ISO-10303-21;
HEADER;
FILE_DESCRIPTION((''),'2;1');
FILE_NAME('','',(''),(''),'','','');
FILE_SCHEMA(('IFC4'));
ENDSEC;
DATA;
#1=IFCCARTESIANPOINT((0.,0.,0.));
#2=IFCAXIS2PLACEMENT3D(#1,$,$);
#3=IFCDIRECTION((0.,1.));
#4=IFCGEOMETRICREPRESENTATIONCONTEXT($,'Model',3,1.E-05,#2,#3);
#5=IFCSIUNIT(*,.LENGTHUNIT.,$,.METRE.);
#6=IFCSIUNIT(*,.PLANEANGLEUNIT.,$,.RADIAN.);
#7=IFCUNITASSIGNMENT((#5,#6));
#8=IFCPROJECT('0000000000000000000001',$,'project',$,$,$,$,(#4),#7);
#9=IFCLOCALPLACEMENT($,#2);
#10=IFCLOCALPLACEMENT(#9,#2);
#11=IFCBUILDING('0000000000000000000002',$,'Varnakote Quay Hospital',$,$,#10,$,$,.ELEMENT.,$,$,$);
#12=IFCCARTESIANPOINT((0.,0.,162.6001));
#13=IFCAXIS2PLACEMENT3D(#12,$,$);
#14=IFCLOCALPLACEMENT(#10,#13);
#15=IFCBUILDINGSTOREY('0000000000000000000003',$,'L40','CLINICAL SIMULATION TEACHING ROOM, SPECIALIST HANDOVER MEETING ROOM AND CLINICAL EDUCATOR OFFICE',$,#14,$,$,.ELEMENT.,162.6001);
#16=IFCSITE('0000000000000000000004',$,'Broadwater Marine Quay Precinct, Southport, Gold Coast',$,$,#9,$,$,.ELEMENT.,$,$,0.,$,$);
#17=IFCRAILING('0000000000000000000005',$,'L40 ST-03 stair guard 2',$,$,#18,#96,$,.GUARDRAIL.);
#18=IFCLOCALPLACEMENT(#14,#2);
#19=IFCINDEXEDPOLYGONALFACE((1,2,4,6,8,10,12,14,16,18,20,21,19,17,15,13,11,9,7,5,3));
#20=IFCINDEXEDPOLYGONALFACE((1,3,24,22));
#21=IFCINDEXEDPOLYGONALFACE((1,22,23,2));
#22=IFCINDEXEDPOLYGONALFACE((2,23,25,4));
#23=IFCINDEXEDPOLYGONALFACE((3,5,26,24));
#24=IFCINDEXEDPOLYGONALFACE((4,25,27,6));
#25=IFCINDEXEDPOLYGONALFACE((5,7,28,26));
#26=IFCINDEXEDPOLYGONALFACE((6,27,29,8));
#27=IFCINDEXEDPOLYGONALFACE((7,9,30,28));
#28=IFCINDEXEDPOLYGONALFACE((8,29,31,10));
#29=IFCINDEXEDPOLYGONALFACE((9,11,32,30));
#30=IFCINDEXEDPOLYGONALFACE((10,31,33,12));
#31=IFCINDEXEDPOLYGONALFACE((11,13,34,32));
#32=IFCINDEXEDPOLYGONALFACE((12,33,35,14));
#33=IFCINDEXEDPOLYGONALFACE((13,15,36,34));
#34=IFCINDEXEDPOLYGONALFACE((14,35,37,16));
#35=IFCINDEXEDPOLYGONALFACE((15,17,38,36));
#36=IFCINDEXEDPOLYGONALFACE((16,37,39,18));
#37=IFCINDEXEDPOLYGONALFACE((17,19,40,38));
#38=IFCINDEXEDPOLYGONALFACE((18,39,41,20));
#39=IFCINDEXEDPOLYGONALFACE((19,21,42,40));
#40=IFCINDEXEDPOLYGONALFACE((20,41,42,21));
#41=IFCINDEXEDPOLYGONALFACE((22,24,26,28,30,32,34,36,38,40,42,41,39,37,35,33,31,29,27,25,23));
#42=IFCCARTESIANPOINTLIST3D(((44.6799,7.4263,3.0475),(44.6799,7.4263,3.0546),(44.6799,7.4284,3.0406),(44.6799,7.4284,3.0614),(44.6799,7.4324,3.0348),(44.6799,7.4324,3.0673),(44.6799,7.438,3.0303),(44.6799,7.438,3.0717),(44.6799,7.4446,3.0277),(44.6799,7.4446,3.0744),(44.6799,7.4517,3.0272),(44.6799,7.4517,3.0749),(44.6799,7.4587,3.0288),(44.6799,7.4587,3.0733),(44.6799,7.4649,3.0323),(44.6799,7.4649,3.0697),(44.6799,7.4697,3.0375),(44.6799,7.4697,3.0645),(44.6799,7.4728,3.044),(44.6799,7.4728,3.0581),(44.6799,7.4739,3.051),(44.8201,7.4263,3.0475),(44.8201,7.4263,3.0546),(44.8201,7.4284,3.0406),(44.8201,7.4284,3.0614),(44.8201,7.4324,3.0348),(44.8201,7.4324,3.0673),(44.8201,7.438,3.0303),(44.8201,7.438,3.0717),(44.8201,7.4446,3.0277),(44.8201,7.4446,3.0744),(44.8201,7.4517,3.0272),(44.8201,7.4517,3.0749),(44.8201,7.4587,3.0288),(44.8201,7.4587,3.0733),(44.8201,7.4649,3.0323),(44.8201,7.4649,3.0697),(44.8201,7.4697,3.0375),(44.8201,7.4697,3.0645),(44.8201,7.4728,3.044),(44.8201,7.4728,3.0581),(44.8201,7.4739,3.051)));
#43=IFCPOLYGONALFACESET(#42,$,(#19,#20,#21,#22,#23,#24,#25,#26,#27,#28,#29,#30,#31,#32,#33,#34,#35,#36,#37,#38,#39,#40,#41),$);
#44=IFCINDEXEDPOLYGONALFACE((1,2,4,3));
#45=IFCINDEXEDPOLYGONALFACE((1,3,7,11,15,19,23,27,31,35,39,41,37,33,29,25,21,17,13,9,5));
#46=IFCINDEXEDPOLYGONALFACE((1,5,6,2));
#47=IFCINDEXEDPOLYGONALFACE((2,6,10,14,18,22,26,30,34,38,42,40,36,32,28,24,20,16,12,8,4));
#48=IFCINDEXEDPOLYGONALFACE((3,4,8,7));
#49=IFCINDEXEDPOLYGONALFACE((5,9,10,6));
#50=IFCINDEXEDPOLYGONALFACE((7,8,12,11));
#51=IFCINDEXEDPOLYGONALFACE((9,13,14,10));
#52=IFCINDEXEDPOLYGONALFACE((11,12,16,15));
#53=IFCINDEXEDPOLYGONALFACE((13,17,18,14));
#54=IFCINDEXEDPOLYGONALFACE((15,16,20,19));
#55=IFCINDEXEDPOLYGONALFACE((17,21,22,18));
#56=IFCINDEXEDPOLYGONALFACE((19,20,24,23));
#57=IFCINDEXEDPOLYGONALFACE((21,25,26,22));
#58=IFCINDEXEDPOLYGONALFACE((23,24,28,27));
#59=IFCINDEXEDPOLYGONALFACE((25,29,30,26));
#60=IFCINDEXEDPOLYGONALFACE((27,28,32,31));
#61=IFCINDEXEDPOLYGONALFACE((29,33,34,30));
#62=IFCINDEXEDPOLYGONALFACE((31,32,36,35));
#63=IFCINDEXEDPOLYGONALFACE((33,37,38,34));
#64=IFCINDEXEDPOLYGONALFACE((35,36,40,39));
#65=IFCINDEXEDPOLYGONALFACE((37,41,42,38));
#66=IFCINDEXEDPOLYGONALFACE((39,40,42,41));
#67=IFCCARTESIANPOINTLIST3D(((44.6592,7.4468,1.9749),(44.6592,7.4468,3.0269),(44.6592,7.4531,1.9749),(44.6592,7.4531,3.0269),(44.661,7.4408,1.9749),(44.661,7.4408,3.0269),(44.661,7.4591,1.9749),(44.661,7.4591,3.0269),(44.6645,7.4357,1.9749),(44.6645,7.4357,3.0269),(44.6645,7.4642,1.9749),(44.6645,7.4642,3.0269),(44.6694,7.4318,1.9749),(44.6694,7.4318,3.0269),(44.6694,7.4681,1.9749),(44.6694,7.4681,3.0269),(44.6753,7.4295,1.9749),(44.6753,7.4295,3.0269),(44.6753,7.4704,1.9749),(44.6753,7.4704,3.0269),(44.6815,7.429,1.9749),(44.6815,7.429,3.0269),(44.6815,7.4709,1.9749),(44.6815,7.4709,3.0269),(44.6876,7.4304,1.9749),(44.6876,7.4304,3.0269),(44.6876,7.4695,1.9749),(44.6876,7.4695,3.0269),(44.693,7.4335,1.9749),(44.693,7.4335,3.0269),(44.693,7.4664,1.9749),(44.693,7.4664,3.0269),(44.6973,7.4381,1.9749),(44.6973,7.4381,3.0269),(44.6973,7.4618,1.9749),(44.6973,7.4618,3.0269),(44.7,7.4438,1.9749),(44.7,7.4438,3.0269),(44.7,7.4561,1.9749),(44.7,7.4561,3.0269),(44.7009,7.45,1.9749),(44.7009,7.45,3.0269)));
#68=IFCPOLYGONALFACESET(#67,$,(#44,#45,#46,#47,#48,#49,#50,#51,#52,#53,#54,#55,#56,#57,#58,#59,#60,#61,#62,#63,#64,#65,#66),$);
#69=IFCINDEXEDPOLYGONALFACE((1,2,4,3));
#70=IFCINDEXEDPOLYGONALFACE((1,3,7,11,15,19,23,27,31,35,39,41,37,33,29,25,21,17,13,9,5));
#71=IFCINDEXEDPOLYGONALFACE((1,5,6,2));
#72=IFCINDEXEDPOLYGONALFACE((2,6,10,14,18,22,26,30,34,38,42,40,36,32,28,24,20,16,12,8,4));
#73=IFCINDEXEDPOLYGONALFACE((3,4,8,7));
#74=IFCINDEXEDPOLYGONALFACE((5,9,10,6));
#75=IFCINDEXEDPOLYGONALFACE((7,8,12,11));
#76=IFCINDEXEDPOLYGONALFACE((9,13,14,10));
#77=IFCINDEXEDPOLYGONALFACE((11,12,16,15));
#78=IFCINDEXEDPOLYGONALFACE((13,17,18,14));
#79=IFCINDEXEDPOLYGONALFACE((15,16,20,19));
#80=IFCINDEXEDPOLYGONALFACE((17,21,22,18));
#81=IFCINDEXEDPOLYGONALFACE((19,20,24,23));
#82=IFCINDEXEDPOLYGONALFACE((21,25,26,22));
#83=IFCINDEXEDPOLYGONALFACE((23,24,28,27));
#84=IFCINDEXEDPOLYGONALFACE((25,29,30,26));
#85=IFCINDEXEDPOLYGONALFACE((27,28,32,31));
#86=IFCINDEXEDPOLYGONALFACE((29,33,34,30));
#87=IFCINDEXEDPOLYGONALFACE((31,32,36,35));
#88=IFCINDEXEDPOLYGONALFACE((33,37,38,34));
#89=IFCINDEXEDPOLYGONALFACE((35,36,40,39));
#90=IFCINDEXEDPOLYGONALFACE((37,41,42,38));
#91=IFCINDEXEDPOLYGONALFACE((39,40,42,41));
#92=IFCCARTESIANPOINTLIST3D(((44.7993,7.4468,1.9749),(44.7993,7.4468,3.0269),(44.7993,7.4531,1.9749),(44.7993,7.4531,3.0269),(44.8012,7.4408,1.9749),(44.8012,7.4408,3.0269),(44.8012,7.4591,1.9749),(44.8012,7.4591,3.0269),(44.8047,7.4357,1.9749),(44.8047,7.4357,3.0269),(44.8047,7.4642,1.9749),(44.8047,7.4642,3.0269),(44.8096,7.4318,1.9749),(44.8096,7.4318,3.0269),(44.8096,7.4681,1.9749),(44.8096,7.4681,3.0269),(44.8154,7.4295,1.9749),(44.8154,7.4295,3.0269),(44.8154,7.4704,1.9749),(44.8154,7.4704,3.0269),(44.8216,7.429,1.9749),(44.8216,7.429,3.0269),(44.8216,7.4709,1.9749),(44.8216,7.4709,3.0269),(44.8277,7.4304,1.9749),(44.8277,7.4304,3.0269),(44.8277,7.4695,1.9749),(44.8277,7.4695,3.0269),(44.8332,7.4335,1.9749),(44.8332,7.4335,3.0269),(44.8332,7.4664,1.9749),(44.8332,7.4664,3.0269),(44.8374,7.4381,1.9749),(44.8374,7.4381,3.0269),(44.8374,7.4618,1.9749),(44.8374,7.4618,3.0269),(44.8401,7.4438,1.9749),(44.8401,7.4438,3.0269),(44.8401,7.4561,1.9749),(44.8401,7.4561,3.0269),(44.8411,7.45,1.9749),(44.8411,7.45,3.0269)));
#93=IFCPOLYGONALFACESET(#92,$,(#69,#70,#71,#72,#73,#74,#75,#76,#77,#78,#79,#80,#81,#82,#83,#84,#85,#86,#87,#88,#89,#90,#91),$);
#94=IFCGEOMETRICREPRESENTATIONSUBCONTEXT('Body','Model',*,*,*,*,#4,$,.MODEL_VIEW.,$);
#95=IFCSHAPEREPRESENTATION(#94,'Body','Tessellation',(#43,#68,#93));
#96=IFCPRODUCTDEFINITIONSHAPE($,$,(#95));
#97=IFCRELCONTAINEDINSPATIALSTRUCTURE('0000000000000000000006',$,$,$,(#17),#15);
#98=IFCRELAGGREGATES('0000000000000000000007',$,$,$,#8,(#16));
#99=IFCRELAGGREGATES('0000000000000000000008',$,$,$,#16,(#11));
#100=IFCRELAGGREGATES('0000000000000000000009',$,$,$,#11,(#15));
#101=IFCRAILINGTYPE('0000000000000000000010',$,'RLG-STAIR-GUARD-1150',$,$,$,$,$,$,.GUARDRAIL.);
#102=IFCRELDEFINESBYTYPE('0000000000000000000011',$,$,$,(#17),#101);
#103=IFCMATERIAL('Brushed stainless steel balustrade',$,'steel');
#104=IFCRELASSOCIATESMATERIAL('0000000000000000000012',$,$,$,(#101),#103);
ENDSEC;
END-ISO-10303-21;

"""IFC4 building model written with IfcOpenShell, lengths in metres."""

from ifc_helpers import new_model, si_unit, direction, frame, origin, origin_2d, place, context, subcontext, project, spatial, circle, extrude, material, type_object, element, save


model = new_model("IFC4")

# Units and contexts
model_context = context("Model", 3, precision=1e-05, world=origin(), true_north=direction((0.0, 1.0)))
body_context = subcontext(model_context, "Body", "Model", "MODEL_VIEW")
ifc_project = project(units=[si_unit("LENGTHUNIT", "METRE"), si_unit("PLANEANGLEUNIT", "RADIAN")], contexts=[model_context])

# Site, building, storey
site_placement = place(None, origin())
site = spatial("IfcSite", under=ifc_project, at=site_placement, Name="Broadwater Marine Quay Precinct, Southport, Gold Coast", CompositionType="ELEMENT", RefElevation=0.0)
building_placement = place(site_placement, origin())
building = spatial("IfcBuilding", under=site, at=building_placement, Name="Varnakote Quay Hospital", CompositionType="ELEMENT")
storey_placement = place(building_placement, frame((0.0, 0.0, 162.6001)))
storey = spatial("IfcBuildingStorey", under=building, at=storey_placement, Name="L40", Description="CLINICAL SIMULATION TEACHING ROOM, SPECIALIST HANDOVER MEETING ROOM AND CLINICAL EDUCATOR OFFICE", CompositionType="ELEMENT", Elevation=162.6001)

# Railing
ifc_material_1 = material(Name="Brushed stainless steel balustrade", Category="steel")
railing_type_1 = type_object("IfcRailingType", Name="RLG-STAIR-GUARD-1150", PredefinedType="GUARDRAIL", material=ifc_material_1)
railing_1_placement = place(storey_placement, frame((44.6799, 7.45, 1.9749)))
element("IfcRailing", 1, at=railing_1_placement, inside=storey, type_object=railing_type_1, Name="L40 ST-03 stair guard 2", PredefinedType="GUARDRAIL", context=body_context, shape_type="SweptSolid", body=[
    extrude(circle(Radius=0.0239, at=origin_2d()), frame((0.0, 0.0, 1.0762), z_axis=(1.0, 0.0, 0.0), x_axis=(0.0, 1.0, 0.0)), (0.0, 0.0, 1.0), 0.1401),
    extrude(circle(Radius=0.021, at=origin_2d()), origin(), (0.0, 0.0, 1.0), 1.052),
    extrude(circle(Radius=0.021, at=origin_2d()), frame((0.1401, 0.0, 0.0)), (0.0, 0.0, 1.0), 1.052),
])

save(model, "model.ifc")
